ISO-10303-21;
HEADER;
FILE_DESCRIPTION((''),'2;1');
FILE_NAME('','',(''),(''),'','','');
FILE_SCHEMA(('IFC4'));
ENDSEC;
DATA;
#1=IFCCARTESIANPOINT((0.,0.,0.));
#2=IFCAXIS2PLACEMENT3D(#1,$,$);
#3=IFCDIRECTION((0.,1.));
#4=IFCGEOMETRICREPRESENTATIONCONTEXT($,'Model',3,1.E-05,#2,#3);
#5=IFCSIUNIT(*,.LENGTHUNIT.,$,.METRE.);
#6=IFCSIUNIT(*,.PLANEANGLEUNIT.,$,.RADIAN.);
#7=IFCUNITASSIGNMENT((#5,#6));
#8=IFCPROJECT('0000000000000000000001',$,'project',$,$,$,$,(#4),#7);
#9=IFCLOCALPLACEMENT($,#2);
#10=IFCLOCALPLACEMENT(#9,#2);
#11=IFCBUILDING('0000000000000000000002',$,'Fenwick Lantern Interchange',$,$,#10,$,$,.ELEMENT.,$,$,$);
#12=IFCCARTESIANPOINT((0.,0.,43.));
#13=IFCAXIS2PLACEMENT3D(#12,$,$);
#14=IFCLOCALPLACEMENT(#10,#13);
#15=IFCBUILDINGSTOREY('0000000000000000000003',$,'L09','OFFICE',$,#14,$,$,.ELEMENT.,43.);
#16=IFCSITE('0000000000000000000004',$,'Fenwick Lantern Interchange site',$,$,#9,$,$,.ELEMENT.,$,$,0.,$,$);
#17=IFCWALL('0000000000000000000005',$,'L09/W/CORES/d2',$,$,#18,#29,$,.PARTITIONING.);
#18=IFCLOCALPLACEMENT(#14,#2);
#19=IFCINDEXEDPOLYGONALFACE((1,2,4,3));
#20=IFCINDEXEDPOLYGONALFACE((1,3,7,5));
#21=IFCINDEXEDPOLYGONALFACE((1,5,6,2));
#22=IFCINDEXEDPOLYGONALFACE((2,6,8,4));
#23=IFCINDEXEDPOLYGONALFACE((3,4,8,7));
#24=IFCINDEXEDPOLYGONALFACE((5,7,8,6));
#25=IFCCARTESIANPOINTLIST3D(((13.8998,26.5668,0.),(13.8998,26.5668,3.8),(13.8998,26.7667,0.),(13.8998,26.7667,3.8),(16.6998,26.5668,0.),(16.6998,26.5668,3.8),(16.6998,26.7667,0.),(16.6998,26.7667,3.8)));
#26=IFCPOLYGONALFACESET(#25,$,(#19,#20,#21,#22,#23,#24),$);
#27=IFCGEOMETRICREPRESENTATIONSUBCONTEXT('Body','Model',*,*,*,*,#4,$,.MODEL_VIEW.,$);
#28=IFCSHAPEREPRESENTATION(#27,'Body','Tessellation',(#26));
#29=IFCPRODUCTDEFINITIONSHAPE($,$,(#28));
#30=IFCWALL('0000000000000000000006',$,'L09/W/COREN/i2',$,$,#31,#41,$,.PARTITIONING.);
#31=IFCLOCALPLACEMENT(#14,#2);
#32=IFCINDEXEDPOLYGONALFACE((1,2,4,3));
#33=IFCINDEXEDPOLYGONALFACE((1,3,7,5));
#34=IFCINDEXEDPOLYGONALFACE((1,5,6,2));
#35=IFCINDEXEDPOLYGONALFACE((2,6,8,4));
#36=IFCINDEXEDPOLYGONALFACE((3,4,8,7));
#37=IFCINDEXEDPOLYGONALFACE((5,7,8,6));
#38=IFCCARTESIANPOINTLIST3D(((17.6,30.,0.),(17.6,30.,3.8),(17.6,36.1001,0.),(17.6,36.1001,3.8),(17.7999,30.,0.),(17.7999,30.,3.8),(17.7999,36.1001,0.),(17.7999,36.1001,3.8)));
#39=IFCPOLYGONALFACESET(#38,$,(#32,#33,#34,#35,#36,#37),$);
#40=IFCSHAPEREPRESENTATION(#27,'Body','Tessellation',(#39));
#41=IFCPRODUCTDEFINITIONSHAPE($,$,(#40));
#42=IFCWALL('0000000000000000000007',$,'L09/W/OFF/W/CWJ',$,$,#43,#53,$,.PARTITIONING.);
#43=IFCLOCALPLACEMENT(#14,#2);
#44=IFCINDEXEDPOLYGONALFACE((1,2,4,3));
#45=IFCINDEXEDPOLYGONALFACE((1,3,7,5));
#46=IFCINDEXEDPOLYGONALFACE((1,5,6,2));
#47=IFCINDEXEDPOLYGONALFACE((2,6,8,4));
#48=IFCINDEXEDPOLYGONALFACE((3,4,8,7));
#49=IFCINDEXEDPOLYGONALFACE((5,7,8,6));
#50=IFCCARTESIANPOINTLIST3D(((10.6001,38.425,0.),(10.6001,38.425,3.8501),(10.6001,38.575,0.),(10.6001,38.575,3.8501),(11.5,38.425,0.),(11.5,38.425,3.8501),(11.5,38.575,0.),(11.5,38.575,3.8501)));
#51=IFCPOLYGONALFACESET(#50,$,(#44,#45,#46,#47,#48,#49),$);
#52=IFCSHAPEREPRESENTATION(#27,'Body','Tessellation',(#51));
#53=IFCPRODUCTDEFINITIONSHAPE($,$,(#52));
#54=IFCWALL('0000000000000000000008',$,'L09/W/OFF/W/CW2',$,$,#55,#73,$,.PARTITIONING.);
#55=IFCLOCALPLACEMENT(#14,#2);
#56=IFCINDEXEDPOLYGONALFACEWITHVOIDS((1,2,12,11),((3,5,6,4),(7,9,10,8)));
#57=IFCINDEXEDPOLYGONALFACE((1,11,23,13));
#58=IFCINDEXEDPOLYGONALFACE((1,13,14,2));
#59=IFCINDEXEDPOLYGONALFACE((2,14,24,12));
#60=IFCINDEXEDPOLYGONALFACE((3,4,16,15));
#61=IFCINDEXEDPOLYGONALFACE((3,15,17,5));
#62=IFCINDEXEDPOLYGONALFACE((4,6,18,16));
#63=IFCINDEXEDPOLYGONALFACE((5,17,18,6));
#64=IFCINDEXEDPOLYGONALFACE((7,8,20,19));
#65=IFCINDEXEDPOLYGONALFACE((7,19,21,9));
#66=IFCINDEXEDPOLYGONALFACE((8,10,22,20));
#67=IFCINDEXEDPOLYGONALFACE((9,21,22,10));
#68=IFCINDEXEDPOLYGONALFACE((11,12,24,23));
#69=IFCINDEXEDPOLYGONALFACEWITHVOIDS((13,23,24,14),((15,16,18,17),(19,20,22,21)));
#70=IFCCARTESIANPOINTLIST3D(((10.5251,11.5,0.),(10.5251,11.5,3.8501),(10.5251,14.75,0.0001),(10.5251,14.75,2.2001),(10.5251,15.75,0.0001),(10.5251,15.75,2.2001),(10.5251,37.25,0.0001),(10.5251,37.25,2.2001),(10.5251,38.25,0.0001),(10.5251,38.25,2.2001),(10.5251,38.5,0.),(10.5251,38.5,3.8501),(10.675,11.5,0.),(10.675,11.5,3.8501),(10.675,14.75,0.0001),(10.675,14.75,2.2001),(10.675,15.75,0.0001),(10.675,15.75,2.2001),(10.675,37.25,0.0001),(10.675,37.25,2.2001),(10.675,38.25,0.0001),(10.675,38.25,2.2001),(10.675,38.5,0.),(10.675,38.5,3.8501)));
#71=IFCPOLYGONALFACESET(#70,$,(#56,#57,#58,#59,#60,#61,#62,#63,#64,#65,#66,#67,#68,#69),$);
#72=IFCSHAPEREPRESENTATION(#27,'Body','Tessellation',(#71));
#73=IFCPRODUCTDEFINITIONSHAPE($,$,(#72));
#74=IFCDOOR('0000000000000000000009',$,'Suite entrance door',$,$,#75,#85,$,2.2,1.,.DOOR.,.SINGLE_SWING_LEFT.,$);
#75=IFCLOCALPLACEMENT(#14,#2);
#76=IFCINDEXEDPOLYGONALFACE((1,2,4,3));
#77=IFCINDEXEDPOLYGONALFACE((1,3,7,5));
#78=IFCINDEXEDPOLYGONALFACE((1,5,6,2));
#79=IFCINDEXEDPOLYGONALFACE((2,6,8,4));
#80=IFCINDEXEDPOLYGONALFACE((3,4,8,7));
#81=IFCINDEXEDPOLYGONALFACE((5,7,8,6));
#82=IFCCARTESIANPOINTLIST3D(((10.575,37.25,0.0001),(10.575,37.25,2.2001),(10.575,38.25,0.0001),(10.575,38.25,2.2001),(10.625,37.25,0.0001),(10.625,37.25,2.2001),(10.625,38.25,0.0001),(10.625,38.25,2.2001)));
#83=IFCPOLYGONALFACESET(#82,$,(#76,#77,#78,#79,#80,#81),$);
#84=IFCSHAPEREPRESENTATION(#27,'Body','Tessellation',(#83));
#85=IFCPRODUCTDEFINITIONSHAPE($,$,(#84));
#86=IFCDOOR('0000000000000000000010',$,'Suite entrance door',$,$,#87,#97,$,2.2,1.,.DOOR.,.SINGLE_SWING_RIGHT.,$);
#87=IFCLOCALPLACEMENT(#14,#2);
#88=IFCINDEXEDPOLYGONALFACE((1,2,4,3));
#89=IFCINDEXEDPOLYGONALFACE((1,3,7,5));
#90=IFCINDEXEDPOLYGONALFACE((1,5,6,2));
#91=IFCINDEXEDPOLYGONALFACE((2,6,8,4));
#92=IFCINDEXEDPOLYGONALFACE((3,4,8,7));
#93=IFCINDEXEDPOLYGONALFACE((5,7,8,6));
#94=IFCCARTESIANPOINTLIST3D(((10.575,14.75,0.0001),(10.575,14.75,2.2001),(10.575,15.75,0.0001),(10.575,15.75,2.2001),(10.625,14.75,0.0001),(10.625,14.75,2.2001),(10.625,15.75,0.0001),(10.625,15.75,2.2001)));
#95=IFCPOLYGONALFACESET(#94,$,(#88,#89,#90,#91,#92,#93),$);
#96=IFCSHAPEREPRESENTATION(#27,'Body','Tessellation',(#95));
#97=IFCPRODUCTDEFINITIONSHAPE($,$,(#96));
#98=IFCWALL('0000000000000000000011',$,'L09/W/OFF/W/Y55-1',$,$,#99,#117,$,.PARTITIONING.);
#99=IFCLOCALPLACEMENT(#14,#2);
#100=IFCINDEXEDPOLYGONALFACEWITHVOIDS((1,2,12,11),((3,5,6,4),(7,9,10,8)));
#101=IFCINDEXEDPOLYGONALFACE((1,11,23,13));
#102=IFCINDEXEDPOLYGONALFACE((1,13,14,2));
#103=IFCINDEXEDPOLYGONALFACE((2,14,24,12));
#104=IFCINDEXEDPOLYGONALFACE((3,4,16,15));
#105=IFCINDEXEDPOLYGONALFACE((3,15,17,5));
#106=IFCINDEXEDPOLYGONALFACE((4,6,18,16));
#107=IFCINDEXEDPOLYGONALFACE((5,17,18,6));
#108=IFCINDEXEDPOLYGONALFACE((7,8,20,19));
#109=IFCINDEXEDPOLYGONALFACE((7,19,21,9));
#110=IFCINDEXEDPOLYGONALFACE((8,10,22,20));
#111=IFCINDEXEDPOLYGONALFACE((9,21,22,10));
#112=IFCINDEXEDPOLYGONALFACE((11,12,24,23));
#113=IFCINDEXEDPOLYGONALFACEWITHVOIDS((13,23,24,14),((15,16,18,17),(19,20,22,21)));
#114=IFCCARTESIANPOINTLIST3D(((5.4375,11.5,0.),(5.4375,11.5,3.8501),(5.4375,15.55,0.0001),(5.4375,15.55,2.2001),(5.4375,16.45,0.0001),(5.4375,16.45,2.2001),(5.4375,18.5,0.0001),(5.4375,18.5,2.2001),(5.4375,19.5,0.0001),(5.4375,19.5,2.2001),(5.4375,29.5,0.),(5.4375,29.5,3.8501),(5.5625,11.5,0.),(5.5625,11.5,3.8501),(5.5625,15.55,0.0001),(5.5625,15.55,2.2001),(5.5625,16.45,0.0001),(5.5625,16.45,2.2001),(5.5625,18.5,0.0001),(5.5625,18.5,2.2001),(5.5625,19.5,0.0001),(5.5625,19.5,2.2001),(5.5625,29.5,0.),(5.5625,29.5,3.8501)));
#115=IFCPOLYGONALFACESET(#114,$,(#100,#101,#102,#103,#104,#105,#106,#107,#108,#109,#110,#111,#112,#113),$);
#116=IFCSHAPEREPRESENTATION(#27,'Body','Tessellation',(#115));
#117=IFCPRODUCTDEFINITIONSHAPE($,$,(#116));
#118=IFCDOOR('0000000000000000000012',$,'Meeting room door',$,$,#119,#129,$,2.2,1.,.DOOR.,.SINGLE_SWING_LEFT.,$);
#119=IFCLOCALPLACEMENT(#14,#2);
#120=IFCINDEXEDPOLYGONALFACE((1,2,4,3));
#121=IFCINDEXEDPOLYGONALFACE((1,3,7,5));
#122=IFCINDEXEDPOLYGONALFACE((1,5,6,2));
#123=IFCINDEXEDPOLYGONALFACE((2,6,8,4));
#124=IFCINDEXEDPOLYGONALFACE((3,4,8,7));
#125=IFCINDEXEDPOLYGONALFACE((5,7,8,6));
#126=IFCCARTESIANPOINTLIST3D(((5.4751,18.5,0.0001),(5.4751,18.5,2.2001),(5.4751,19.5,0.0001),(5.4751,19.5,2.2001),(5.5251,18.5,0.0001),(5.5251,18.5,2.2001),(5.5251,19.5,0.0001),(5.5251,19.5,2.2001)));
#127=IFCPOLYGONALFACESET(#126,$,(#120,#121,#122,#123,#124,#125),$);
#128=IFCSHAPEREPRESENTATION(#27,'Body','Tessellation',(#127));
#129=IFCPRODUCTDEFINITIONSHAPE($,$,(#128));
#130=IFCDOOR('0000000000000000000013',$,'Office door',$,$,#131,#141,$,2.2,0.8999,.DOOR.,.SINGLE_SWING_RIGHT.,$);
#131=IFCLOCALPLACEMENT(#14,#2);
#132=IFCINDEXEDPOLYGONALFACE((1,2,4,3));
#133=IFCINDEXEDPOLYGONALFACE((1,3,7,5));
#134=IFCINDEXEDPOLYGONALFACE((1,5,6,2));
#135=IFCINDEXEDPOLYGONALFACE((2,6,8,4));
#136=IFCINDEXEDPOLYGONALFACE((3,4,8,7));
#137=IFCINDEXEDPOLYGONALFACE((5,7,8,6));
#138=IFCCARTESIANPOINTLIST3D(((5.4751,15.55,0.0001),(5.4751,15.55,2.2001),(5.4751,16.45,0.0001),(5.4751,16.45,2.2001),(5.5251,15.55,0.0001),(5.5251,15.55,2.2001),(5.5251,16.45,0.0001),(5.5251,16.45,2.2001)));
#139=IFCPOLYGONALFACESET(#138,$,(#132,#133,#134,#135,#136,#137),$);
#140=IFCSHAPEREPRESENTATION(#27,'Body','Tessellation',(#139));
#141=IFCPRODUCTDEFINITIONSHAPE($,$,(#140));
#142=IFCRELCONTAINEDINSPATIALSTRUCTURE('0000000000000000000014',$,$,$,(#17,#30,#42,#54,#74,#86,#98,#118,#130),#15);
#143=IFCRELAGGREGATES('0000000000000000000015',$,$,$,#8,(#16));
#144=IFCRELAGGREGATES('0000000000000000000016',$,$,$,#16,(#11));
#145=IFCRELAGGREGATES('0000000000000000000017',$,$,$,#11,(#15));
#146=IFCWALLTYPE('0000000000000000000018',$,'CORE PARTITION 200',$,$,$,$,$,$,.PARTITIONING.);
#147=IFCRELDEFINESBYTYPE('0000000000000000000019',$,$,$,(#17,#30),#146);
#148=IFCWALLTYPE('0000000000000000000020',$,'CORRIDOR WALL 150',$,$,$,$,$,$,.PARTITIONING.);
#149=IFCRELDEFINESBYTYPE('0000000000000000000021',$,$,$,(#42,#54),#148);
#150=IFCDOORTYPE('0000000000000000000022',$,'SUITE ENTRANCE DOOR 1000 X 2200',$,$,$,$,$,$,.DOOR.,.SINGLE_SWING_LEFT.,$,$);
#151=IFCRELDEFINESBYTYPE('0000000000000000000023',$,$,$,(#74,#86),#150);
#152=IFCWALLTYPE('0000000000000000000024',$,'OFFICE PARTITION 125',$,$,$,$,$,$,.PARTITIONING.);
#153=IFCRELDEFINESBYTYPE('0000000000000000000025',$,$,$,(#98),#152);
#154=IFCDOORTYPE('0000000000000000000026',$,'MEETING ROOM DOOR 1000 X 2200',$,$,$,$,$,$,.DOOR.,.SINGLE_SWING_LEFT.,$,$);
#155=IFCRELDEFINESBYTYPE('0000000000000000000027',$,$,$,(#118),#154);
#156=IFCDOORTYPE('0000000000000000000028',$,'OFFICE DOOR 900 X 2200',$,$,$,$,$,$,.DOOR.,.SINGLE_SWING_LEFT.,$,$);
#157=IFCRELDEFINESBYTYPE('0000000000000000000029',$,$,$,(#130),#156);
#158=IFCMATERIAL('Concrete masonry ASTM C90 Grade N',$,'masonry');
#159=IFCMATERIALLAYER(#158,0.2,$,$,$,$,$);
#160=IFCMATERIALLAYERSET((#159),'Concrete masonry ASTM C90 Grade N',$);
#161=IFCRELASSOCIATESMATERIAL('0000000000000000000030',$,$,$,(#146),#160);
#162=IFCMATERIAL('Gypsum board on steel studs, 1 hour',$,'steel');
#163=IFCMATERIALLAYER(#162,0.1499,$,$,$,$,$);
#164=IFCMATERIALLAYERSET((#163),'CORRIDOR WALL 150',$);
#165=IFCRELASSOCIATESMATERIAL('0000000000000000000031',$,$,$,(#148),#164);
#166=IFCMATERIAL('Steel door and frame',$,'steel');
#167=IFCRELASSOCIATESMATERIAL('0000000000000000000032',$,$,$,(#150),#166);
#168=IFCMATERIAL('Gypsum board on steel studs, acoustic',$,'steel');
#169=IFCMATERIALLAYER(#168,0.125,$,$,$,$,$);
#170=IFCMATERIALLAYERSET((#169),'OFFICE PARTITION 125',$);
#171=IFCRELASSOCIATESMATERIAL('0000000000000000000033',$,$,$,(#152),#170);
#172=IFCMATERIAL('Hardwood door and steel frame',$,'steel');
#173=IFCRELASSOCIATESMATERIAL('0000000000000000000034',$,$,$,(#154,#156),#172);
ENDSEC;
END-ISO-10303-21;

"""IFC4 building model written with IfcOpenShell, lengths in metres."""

from ifc_helpers import new_model, si_unit, direction, frame, frame_2d, origin, place, context, subcontext, project, spatial, rectangle, extrude, material, layer, layer_set, type_object, element, fill, save


model = new_model("IFC4")

# Units and contexts
model_context = context("Model", 3, precision=1e-05, world=origin(), true_north=direction((0.0, 1.0)))
body_context = subcontext(model_context, "Body", "Model", "MODEL_VIEW")
ifc_project = project(units=[si_unit("LENGTHUNIT", "METRE"), si_unit("PLANEANGLEUNIT", "RADIAN")], contexts=[model_context])

# Site, building, storey
site_placement = place(None, origin())
site = spatial("IfcSite", under=ifc_project, at=site_placement, Name="Fenwick Lantern Interchange site", CompositionType="ELEMENT", RefElevation=0.0)
building_placement = place(site_placement, origin())
building = spatial("IfcBuilding", under=site, at=building_placement, Name="Fenwick Lantern Interchange", CompositionType="ELEMENT")
storey_placement = place(building_placement, frame((0.0, 0.0, 43.0)))
storey = spatial("IfcBuildingStorey", under=building, at=storey_placement, Name="L09", Description="OFFICE", CompositionType="ELEMENT", Elevation=43.0)

# Walls
ifc_material_1 = material(Name="Concrete masonry ASTM C90 Grade N", Category="masonry")
ifc_layer_1 = layer(ifc_material_1, 0.2)
ifc_layer_set_1 = layer_set([ifc_layer_1], Name="Concrete masonry ASTM C90 Grade N")
wall_type_1 = type_object("IfcWallType", Name="CORE PARTITION 200", PredefinedType="PARTITIONING", material=ifc_layer_set_1)
wall_1_placement = place(storey_placement, frame((13.8999, 26.6667, 0.0), z_axis=(0.0, 0.0, 1.0), x_axis=(1.0, 0.0, 0.0)))
element("IfcWall", 1, at=wall_1_placement, inside=storey, type_object=wall_type_1, Name="L09/W/CORES/d2", PredefinedType="PARTITIONING", context=body_context, shape_type="SweptSolid", body=[
    extrude(rectangle(XDim=2.8, YDim=0.2, at=frame_2d((1.3999, 0.0))), origin(), (0.0, 0.0, 1.0), 3.8),
])
wall_2_placement = place(storey_placement, frame((17.7, 36.1001, 0.0), z_axis=(0.0, 0.0, 1.0), x_axis=(0.0, -1.0, 0.0)))
element("IfcWall", 2, at=wall_2_placement, inside=storey, type_object=wall_type_1, Name="L09/W/COREN/i2", PredefinedType="PARTITIONING", context=body_context, shape_type="SweptSolid", body=[
    extrude(rectangle(XDim=6.1001, YDim=0.2, at=frame_2d((3.05, 0.0))), origin(), (0.0, 0.0, 1.0), 3.8),
])

# Shared definitions
ifc_material_2 = material(Name="Steel door and frame", Category="steel")
ifc_material_3 = material(Name="Hardwood door and steel frame", Category="steel")

# Wall
ifc_material_4 = material(Name="Gypsum board on steel studs, 1 hour", Category="steel")
ifc_layer_2 = layer(ifc_material_4, 0.1499)
ifc_layer_set_2 = layer_set([ifc_layer_2], Name="CORRIDOR WALL 150")
wall_type_2 = type_object("IfcWallType", Name="CORRIDOR WALL 150", PredefinedType="PARTITIONING", material=ifc_layer_set_2)
wall_3_placement = place(storey_placement, frame((11.5, 38.5, 0.0), z_axis=(0.0, 0.0, 1.0), x_axis=(-1.0, 0.0, 0.0)))
element("IfcWall", 3, at=wall_3_placement, inside=storey, type_object=wall_type_2, Name="L09/W/OFF/W/CWJ", PredefinedType="PARTITIONING", context=body_context, shape_type="SweptSolid", body=[
    extrude(rectangle(XDim=0.8999, YDim=0.1499, at=frame_2d((0.45, 0.0))), origin(), (0.0, 0.0, 1.0), 3.8501),
])

# Walls, openings, doors
wall_4_placement = place(storey_placement, frame((10.6001, 38.5, 0.0), z_axis=(0.0, 0.0, 1.0), x_axis=(0.0, -1.0, 0.0)))
wall_4 = element("IfcWall", 4, at=wall_4_placement, inside=storey, type_object=wall_type_2, Name="L09/W/OFF/W/CW2", PredefinedType="PARTITIONING", context=body_context, shape_type="SweptSolid", body=[
    extrude(rectangle(XDim=27.0, YDim=0.1499, at=frame_2d((13.5, 0.0))), origin(), (0.0, 0.0, 1.0), 3.8501),
])
opening_1_placement = place(wall_4_placement, frame((0.25, 0.0, 0.0)))
opening_1 = element("IfcOpeningElement", 5, at=opening_1_placement, cuts=wall_4, PredefinedType="OPENING", context=body_context, shape_type="SweptSolid", body=[
    extrude(rectangle(XDim=1.0, YDim=2.2, at=frame_2d((0.5, 1.1001))), frame((0.0, 0.085, 0.0), z_axis=(0.0, -1.0, 0.0), x_axis=(1.0, 0.0, 0.0)), (0.0, 0.0, 1.0), 0.1699),
])
opening_2_placement = place(wall_4_placement, frame((22.75, 0.0, 0.0)))
opening_2 = element("IfcOpeningElement", 6, at=opening_2_placement, cuts=wall_4, PredefinedType="OPENING", context=body_context, shape_type="SweptSolid", body=[
    extrude(rectangle(XDim=1.0, YDim=2.2, at=frame_2d((0.5, 1.1001))), frame((0.0, 0.085, 0.0), z_axis=(0.0, -1.0, 0.0), x_axis=(1.0, 0.0, 0.0)), (0.0, 0.0, 1.0), 0.1699),
])
door_type_1 = type_object("IfcDoorType", Name="SUITE ENTRANCE DOOR 1000 X 2200", OperationType="SINGLE_SWING_LEFT", PredefinedType="DOOR", material=ifc_material_2)
door_1_placement = place(opening_1_placement, origin())
door_1 = element("IfcDoor", 7, at=door_1_placement, inside=storey, type_object=door_type_1, Name="Suite entrance door", OperationType="SINGLE_SWING_LEFT", OverallHeight=2.2, OverallWidth=1.0, PredefinedType="DOOR", context=body_context, shape_type="SweptSolid", body=[
    extrude(rectangle(XDim=1.0, YDim=2.2, at=frame_2d((0.5, 1.1001))), frame((0.0, 0.0249, 0.0), z_axis=(0.0, -1.0, 0.0), x_axis=(1.0, 0.0, 0.0)), (0.0, 0.0, 1.0), 0.05),
])
fill(opening_1, door_1)
door_2_placement = place(opening_2_placement, origin())
door_2 = element("IfcDoor", 8, at=door_2_placement, inside=storey, type_object=door_type_1, Name="Suite entrance door", OperationType="SINGLE_SWING_RIGHT", OverallHeight=2.2, OverallWidth=1.0, PredefinedType="DOOR", context=body_context, shape_type="SweptSolid", body=[
    extrude(rectangle(XDim=1.0, YDim=2.2, at=frame_2d((0.5, 1.1001))), frame((0.0, 0.0249, 0.0), z_axis=(0.0, -1.0, 0.0), x_axis=(1.0, 0.0, 0.0)), (0.0, 0.0, 1.0), 0.05),
])
fill(opening_2, door_2)
ifc_material_5 = material(Name="Gypsum board on steel studs, acoustic", Category="steel")
ifc_layer_3 = layer(ifc_material_5, 0.125)
ifc_layer_set_3 = layer_set([ifc_layer_3], Name="OFFICE PARTITION 125")
wall_type_3 = type_object("IfcWallType", Name="OFFICE PARTITION 125", PredefinedType="PARTITIONING", material=ifc_layer_set_3)
wall_5_placement = place(storey_placement, frame((5.5, 29.5, 0.0), z_axis=(0.0, 0.0, 1.0), x_axis=(0.0, -1.0, 0.0)))
wall_5 = element("IfcWall", 9, at=wall_5_placement, inside=storey, type_object=wall_type_3, Name="L09/W/OFF/W/Y55-1", PredefinedType="PARTITIONING", context=body_context, shape_type="SweptSolid", body=[
    extrude(rectangle(XDim=18.0, YDim=0.125, at=frame_2d((9.0, 0.0))), origin(), (0.0, 0.0, 1.0), 3.8501),
])
opening_3_placement = place(wall_5_placement, frame((10.0, 0.0, 0.0)))
opening_3 = element("IfcOpeningElement", 10, at=opening_3_placement, cuts=wall_5, PredefinedType="OPENING", context=body_context, shape_type="SweptSolid", body=[
    extrude(rectangle(XDim=1.0, YDim=2.2, at=frame_2d((0.5, 1.1001))), frame((0.0, 0.0725, 0.0), z_axis=(0.0, -1.0, 0.0), x_axis=(1.0, 0.0, 0.0)), (0.0, 0.0, 1.0), 0.145),
])
opening_4_placement = place(wall_5_placement, frame((13.05, 0.0, 0.0)))
opening_4 = element("IfcOpeningElement", 11, at=opening_4_placement, cuts=wall_5, PredefinedType="OPENING", context=body_context, shape_type="SweptSolid", body=[
    extrude(rectangle(XDim=0.8999, YDim=2.2, at=frame_2d((0.45, 1.1001))), frame((0.0, 0.0725, 0.0), z_axis=(0.0, -1.0, 0.0), x_axis=(1.0, 0.0, 0.0)), (0.0, 0.0, 1.0), 0.145),
])
door_type_2 = type_object("IfcDoorType", Name="MEETING ROOM DOOR 1000 X 2200", OperationType="SINGLE_SWING_LEFT", PredefinedType="DOOR", material=ifc_material_3)
door_3_placement = place(opening_3_placement, frame((1.0, 0.0, 0.0), z_axis=(0.0, 0.0, 1.0), x_axis=(-1.0, 0.0, 0.0)))
door_3 = element("IfcDoor", 12, at=door_3_placement, inside=storey, type_object=door_type_2, Name="Meeting room door", OperationType="SINGLE_SWING_LEFT", OverallHeight=2.2, OverallWidth=1.0, PredefinedType="DOOR", context=body_context, shape_type="SweptSolid", body=[
    extrude(rectangle(XDim=1.0, YDim=2.2, at=frame_2d((0.5, 1.1001))), frame((0.0, 0.0249, 0.0), z_axis=(0.0, -1.0, 0.0), x_axis=(1.0, 0.0, 0.0)), (0.0, 0.0, 1.0), 0.05),
])
fill(opening_3, door_3)
door_type_3 = type_object("IfcDoorType", Name="OFFICE DOOR 900 X 2200", OperationType="SINGLE_SWING_LEFT", PredefinedType="DOOR", material=ifc_material_3)
door_4_placement = place(opening_4_placement, frame((0.8999, 0.0, 0.0), z_axis=(0.0, 0.0, 1.0), x_axis=(-1.0, 0.0, 0.0)))
door_4 = element("IfcDoor", 13, at=door_4_placement, inside=storey, type_object=door_type_3, Name="Office door", OperationType="SINGLE_SWING_RIGHT", OverallHeight=2.2, OverallWidth=0.8999, PredefinedType="DOOR", context=body_context, shape_type="SweptSolid", body=[
    extrude(rectangle(XDim=0.8999, YDim=2.2, at=frame_2d((0.45, 1.1001))), frame((0.0, 0.0249, 0.0), z_axis=(0.0, -1.0, 0.0), x_axis=(1.0, 0.0, 0.0)), (0.0, 0.0, 1.0), 0.05),
])
fill(opening_4, door_4)

save(model, "model.ifc")
